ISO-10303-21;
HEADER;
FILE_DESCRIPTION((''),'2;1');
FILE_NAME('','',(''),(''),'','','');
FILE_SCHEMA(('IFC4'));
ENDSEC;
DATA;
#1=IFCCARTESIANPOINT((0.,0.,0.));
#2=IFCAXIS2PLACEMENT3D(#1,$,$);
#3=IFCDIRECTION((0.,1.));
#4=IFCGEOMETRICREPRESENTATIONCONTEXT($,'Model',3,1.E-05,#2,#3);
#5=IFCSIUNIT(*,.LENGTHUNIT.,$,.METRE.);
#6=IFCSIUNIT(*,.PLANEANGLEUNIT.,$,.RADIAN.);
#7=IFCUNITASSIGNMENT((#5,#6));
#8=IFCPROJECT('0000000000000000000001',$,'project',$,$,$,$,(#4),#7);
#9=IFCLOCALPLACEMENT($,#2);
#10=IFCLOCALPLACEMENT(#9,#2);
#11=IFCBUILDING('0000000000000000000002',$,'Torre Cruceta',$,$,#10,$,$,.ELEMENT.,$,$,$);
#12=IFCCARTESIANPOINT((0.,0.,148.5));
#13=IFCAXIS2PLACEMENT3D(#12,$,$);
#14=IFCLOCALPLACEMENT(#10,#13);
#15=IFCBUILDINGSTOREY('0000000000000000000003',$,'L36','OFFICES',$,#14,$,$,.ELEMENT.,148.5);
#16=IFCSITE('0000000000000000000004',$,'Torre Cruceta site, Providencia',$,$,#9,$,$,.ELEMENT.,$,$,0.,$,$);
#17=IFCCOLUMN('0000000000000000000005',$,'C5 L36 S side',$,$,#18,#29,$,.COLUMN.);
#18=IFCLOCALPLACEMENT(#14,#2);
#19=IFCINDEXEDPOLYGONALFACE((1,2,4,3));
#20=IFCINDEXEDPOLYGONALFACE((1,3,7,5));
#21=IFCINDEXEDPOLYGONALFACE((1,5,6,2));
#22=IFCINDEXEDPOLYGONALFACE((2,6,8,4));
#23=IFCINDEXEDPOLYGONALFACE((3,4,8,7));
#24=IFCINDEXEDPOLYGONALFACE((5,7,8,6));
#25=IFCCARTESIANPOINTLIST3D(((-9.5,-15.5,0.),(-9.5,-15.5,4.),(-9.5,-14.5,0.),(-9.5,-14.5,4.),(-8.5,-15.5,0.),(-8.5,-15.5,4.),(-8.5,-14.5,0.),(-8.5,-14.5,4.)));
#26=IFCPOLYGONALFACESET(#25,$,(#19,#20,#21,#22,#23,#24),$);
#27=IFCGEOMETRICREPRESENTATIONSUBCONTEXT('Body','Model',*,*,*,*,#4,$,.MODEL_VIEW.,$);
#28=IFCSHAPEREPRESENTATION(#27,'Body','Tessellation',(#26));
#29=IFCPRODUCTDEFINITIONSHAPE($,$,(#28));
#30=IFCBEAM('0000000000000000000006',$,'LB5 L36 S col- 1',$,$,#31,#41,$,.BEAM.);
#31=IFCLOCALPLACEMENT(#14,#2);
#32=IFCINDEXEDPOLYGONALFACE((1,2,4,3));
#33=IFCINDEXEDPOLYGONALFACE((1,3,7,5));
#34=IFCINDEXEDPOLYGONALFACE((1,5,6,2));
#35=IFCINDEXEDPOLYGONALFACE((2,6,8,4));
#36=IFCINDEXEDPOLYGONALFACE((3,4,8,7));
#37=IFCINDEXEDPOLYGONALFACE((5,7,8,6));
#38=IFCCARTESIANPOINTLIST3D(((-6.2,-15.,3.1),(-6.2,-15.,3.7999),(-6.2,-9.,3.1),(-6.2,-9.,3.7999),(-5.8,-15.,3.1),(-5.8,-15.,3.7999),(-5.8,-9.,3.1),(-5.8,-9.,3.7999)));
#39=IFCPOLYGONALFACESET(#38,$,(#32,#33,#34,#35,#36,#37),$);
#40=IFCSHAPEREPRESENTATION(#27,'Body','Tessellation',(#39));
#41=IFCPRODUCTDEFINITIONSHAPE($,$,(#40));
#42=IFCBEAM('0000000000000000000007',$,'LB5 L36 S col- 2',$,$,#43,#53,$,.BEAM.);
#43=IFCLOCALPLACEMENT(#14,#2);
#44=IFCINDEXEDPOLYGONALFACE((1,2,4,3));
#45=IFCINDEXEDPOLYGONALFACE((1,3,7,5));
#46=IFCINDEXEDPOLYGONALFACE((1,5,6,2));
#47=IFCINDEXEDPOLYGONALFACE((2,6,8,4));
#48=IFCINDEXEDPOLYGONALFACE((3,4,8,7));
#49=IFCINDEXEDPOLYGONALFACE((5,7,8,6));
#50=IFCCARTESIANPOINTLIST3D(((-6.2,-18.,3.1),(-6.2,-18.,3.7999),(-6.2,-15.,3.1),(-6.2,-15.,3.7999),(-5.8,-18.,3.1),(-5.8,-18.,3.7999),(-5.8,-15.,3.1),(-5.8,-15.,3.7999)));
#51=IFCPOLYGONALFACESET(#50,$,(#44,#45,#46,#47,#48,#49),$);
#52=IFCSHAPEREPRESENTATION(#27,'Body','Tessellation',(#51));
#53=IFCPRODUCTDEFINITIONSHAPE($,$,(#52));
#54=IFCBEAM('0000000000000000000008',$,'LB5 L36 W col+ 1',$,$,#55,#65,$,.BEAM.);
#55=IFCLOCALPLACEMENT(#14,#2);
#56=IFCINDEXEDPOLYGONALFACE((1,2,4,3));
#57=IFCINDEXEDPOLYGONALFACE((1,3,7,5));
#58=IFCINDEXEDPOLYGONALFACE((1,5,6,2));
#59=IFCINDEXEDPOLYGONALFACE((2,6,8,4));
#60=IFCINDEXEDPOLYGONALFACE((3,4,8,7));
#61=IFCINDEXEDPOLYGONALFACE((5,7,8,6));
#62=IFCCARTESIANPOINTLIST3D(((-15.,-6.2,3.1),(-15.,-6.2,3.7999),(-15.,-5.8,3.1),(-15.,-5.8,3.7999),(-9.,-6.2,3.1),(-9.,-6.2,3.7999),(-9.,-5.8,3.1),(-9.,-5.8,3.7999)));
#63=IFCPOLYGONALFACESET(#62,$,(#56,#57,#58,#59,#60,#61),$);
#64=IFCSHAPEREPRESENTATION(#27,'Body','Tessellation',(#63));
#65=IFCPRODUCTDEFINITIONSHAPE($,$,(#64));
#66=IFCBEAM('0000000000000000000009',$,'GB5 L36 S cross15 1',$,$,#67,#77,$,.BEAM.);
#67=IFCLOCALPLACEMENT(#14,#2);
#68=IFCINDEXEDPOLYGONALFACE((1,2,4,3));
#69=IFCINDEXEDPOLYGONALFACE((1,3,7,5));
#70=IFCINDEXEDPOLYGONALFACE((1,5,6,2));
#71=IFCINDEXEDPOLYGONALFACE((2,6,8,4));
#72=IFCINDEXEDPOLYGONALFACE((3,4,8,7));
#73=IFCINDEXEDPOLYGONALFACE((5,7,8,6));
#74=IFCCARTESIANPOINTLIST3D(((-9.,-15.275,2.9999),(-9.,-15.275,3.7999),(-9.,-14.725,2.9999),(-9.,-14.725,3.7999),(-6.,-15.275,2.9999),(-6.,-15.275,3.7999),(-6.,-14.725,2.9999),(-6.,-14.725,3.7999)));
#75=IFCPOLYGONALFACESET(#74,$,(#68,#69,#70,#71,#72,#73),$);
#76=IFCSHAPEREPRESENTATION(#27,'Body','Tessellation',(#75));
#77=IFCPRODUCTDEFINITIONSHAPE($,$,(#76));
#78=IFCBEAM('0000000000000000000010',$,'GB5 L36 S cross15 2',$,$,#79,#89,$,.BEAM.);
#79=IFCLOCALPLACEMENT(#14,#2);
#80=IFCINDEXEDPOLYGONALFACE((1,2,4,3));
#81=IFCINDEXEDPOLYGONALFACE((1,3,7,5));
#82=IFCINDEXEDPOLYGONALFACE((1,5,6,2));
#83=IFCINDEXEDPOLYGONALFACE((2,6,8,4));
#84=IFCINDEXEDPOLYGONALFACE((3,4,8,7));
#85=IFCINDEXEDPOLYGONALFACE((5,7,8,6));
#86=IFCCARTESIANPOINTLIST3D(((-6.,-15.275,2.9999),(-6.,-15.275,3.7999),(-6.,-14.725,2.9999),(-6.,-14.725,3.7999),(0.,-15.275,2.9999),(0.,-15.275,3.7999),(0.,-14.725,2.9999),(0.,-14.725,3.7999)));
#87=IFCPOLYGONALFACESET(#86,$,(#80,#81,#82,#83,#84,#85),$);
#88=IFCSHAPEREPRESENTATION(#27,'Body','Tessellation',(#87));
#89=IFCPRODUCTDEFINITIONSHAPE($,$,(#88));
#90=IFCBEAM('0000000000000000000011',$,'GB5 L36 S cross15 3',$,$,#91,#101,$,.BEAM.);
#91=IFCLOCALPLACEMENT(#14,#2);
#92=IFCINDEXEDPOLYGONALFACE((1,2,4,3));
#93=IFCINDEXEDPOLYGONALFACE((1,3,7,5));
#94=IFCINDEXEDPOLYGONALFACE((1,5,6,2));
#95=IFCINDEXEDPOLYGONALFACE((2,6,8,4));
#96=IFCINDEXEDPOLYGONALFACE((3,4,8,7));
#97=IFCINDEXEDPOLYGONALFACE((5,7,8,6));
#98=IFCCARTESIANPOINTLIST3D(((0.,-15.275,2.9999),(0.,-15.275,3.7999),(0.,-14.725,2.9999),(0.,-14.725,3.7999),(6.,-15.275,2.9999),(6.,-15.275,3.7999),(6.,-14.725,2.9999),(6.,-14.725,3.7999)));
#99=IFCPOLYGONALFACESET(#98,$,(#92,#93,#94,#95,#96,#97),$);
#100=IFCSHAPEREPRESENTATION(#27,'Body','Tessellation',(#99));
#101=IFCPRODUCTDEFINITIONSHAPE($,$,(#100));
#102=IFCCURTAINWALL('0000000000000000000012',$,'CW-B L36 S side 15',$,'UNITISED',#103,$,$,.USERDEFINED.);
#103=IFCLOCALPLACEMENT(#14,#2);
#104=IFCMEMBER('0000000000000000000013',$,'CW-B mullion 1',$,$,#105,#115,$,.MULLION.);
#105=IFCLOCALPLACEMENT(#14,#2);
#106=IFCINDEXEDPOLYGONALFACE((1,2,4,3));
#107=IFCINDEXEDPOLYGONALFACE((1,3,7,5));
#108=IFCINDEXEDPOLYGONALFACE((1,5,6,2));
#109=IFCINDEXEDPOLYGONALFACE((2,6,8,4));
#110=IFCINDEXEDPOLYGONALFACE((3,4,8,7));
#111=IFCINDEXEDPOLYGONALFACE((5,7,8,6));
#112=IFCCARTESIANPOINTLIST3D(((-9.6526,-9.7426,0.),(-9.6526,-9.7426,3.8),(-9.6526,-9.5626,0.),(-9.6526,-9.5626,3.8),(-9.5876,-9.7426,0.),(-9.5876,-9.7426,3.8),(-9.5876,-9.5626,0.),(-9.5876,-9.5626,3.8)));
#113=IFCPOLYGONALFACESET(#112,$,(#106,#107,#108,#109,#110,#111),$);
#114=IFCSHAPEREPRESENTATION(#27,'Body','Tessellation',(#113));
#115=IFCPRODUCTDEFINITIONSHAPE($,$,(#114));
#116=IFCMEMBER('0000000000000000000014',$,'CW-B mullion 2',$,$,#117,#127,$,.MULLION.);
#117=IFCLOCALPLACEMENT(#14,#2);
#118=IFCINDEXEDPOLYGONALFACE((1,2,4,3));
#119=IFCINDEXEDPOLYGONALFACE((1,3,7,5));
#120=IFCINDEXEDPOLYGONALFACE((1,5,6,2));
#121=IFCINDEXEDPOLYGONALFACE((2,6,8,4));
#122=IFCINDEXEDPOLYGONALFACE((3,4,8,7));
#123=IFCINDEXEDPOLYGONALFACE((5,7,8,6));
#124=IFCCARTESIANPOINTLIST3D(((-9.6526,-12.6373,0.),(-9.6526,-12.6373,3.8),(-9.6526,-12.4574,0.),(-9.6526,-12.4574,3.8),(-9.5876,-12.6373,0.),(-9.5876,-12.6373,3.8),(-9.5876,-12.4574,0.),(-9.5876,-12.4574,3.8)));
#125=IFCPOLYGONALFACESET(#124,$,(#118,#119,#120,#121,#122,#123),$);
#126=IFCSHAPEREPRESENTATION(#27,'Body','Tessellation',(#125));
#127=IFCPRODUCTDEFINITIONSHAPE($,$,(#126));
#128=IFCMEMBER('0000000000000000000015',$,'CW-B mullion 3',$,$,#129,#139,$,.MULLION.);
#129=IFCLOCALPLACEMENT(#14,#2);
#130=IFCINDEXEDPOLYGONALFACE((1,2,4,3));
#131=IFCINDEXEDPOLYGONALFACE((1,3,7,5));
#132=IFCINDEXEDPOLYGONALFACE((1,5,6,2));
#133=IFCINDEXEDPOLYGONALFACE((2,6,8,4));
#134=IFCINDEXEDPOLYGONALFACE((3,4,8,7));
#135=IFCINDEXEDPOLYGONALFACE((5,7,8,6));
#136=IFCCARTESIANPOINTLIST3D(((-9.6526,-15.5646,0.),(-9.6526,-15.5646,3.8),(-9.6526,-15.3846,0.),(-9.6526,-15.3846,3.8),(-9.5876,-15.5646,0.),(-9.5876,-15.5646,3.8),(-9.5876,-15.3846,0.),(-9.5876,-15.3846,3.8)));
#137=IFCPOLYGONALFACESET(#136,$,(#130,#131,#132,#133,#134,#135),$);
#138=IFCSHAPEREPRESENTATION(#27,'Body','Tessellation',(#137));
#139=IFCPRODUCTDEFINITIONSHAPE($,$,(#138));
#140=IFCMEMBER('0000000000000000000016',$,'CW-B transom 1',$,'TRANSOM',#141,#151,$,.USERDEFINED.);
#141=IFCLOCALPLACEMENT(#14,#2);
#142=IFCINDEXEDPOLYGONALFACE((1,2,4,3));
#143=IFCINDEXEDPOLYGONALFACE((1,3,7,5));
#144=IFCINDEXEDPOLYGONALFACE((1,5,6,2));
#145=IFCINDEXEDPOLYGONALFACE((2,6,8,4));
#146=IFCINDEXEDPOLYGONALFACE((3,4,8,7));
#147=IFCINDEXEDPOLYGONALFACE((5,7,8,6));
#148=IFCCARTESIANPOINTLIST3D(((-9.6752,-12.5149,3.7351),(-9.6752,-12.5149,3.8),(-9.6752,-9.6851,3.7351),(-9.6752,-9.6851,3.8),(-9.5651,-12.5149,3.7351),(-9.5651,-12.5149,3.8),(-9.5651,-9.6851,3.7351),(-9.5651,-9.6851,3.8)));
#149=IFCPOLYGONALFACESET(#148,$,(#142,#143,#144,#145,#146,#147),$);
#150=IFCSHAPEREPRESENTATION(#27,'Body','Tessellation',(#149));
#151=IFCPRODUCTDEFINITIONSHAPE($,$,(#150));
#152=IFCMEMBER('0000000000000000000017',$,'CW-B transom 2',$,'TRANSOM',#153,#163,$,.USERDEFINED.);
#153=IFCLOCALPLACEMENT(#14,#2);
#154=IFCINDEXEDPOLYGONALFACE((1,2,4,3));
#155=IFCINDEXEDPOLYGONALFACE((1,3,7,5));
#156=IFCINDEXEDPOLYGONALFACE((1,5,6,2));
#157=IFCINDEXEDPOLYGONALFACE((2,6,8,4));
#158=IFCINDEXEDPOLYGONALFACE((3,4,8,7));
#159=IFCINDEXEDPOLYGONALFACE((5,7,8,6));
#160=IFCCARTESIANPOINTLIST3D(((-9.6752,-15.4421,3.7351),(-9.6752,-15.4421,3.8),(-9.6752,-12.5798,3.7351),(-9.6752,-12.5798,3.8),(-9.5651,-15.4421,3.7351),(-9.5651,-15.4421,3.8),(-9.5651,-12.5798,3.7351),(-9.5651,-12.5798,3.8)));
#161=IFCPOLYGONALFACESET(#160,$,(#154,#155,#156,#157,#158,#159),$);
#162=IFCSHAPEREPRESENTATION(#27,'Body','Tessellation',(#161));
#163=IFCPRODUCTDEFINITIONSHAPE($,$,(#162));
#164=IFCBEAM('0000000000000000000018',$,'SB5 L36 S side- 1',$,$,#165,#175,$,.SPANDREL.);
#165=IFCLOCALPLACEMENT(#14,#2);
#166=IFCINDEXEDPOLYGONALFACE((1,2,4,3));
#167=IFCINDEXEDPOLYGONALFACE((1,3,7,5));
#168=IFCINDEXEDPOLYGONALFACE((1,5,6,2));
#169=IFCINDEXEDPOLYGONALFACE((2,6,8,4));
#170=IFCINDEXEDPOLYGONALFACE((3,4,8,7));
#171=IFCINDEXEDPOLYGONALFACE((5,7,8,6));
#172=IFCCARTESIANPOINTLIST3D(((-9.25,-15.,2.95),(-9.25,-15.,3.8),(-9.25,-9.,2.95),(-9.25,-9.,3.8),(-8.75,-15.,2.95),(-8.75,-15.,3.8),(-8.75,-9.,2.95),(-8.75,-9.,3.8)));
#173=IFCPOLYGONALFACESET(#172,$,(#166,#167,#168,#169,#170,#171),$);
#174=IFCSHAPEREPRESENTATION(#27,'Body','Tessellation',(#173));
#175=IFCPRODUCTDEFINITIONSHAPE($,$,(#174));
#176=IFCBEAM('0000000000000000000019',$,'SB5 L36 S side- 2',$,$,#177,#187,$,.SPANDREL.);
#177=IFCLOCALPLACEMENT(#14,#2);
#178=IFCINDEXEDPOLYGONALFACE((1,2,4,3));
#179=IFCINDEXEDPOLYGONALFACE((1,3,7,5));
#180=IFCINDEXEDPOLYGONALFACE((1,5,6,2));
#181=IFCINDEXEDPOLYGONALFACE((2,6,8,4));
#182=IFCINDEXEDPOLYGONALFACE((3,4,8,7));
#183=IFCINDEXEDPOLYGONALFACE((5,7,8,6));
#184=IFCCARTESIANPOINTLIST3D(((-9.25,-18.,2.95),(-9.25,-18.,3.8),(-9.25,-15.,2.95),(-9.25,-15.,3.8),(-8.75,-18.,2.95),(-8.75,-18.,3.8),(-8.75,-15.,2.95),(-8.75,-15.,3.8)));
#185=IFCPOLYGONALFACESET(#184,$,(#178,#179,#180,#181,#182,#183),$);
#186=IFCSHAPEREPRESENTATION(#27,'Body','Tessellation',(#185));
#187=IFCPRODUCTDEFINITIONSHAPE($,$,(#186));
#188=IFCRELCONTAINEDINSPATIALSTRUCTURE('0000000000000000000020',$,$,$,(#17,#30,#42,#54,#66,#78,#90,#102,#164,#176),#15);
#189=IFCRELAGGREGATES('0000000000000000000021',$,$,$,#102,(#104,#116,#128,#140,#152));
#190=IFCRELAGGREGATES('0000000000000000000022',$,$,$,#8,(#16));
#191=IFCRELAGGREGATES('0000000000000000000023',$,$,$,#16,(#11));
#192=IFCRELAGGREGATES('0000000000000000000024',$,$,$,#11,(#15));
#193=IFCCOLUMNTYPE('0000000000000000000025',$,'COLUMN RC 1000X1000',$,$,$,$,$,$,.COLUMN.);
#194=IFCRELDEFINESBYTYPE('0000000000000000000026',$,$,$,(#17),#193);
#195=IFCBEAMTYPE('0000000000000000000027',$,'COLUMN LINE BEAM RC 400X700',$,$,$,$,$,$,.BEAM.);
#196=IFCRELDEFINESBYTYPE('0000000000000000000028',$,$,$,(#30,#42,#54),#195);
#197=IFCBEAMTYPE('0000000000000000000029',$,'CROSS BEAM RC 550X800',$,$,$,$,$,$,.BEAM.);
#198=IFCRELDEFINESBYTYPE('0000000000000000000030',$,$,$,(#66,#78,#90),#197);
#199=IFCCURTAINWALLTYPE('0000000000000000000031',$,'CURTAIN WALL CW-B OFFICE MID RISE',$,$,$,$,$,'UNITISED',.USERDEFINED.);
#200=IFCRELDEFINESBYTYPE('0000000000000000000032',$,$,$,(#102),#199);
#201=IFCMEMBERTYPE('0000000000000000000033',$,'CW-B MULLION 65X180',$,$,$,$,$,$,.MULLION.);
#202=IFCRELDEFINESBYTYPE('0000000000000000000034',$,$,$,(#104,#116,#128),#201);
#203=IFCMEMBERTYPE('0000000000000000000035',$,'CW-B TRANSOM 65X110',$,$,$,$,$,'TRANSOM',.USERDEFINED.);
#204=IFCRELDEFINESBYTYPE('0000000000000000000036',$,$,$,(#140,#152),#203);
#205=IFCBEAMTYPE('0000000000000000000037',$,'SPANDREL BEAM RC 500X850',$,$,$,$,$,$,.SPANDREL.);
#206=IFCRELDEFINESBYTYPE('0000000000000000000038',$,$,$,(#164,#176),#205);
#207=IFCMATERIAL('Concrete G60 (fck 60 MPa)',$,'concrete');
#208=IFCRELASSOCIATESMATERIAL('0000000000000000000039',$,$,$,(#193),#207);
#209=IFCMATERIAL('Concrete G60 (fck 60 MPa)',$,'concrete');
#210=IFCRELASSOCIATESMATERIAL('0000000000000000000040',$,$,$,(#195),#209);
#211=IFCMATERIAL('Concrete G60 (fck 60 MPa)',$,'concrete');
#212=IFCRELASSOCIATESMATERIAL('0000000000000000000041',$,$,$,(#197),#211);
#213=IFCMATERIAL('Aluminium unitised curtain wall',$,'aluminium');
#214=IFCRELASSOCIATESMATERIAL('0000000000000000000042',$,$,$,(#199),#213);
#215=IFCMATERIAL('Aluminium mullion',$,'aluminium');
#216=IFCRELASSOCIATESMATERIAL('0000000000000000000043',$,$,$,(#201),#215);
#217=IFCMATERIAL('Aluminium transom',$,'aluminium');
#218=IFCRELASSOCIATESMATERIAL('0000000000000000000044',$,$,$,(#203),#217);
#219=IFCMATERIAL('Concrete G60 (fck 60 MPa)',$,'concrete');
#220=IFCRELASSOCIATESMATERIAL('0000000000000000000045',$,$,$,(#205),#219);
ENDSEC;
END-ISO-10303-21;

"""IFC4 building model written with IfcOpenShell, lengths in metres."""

from ifc_helpers import new_model, si_unit, direction, frame, origin, origin_2d, place, context, subcontext, project, spatial, rectangle, extrude, material, material_profile, profile_set, type_object, element, aggregate, save


model = new_model("IFC4")

# Units and contexts
model_context = context("Model", 3, precision=1e-05, world=origin(), true_north=direction((0.0, 1.0)))
body_context = subcontext(model_context, "Body", "Model", "MODEL_VIEW")
ifc_project = project(units=[si_unit("LENGTHUNIT", "METRE"), si_unit("PLANEANGLEUNIT", "RADIAN")], contexts=[model_context])

# Site, building, storey
site_placement = place(None, origin())
site = spatial("IfcSite", under=ifc_project, at=site_placement, Name="Torre Cruceta site, Providencia", CompositionType="ELEMENT", RefElevation=0.0)
building_placement = place(site_placement, origin())
building = spatial("IfcBuilding", under=site, at=building_placement, Name="Torre Cruceta", CompositionType="ELEMENT")
storey_placement = place(building_placement, frame((0.0, 0.0, 148.5)))
storey = spatial("IfcBuildingStorey", under=building, at=storey_placement, Name="L36", Description="OFFICES", CompositionType="ELEMENT", Elevation=148.5)

# Column
ifc_material_1 = material(Name="Concrete G60 (fck 60 MPa)", Category="concrete")
ifc_material_profile_1 = material_profile(ifc_material_1, rectangle(XDim=1.0, YDim=1.0, at=origin_2d()), Name="RC 1000X1000")
ifc_profile_set_1 = profile_set([ifc_material_profile_1], Name="Concrete G60 (fck 60 MPa)")
column_type = type_object("IfcColumnType", Name="COLUMN RC 1000X1000", PredefinedType="COLUMN", material=ifc_profile_set_1)
column_placement = place(storey_placement, frame((-9.0, -15.0, 0.0), z_axis=(0.0, 0.0, 1.0), x_axis=(1.0, 0.0, 0.0)))
element("IfcColumn", 1, at=column_placement, inside=storey, type_object=column_type, Name="C5 L36 S side", PredefinedType="COLUMN", context=body_context, shape_type="SweptSolid", body=[
    extrude(rectangle(XDim=1.0, YDim=1.0, at=origin_2d()), origin(), (0.0, 0.0, 1.0), 4.0),
])

# Beams
ifc_material_2 = material(Name="Concrete G60 (fck 60 MPa)", Category="concrete")
ifc_material_profile_2 = material_profile(ifc_material_2, rectangle(XDim=0.3999, YDim=0.7, at=origin_2d()), Name="RC 400X700")
ifc_profile_set_2 = profile_set([ifc_material_profile_2], Name="Concrete G60 (fck 60 MPa)")
beam_type_1 = type_object("IfcBeamType", Name="COLUMN LINE BEAM RC 400X700", PredefinedType="BEAM", material=ifc_profile_set_2)
beam_1_placement = place(storey_placement, frame((-6.0, -9.0, 3.45), z_axis=(0.0, -1.0, 0.0), x_axis=(1.0, 0.0, 0.0)))
element("IfcBeam", 2, at=beam_1_placement, inside=storey, type_object=beam_type_1, Name="LB5 L36 S col- 1", PredefinedType="BEAM", context=body_context, shape_type="SweptSolid", body=[
    extrude(rectangle(XDim=0.3999, YDim=0.7, at=origin_2d()), origin(), (0.0, 0.0, 1.0), 6.0),
])
beam_2_placement = place(storey_placement, frame((-6.0, -15.0, 3.45), z_axis=(0.0, -1.0, 0.0), x_axis=(1.0, 0.0, 0.0)))
element("IfcBeam", 3, at=beam_2_placement, inside=storey, type_object=beam_type_1, Name="LB5 L36 S col- 2", PredefinedType="BEAM", context=body_context, shape_type="SweptSolid", body=[
    extrude(rectangle(XDim=0.3999, YDim=0.7, at=origin_2d()), origin(), (0.0, 0.0, 1.0), 3.0),
])
beam_3_placement = place(storey_placement, frame((-9.0, -6.0, 3.45), z_axis=(-1.0, 0.0, 0.0), x_axis=(0.0, -1.0, 0.0)))
element("IfcBeam", 4, at=beam_3_placement, inside=storey, type_object=beam_type_1, Name="LB5 L36 W col+ 1", PredefinedType="BEAM", context=body_context, shape_type="SweptSolid", body=[
    extrude(rectangle(XDim=0.3999, YDim=0.7, at=origin_2d()), origin(), (0.0, 0.0, 1.0), 6.0),
])
ifc_material_3 = material(Name="Concrete G60 (fck 60 MPa)", Category="concrete")
ifc_material_profile_3 = material_profile(ifc_material_3, rectangle(XDim=0.55, YDim=0.8, at=origin_2d()), Name="RC 550X800")
ifc_profile_set_3 = profile_set([ifc_material_profile_3], Name="Concrete G60 (fck 60 MPa)")
beam_type_2 = type_object("IfcBeamType", Name="CROSS BEAM RC 550X800", PredefinedType="BEAM", material=ifc_profile_set_3)
beam_4_placement = place(storey_placement, frame((-9.0, -15.0, 3.3999), z_axis=(1.0, 0.0, 0.0), x_axis=(0.0, 1.0, 0.0)))
element("IfcBeam", 5, at=beam_4_placement, inside=storey, type_object=beam_type_2, Name="GB5 L36 S cross15 1", PredefinedType="BEAM", context=body_context, shape_type="SweptSolid", body=[
    extrude(rectangle(XDim=0.55, YDim=0.8, at=origin_2d()), origin(), (0.0, 0.0, 1.0), 3.0),
])
for number, where, z_axis, x_axis, name in (
    (6, (-6.0, -15.0, 3.3999), (1.0, 0.0, 0.0), (0.0, 1.0, 0.0), "GB5 L36 S cross15 2"),
    (7, (0.0, -15.0, 3.3999), (1.0, 0.0, 0.0), (0.0, 1.0, 0.0), "GB5 L36 S cross15 3"),
):
    element("IfcBeam", number, at=place(storey_placement, frame(where, z_axis=z_axis, x_axis=x_axis)), inside=storey, type_object=beam_type_2, Name=name, PredefinedType="BEAM", context=body_context, shape_type="SweptSolid", body=[
        extrude(rectangle(XDim=0.55, YDim=0.8, at=origin_2d()), origin(), (0.0, 0.0, 1.0), 6.0),
    ])

# Curtain wall, members
ifc_material_4 = material(Name="Aluminium unitised curtain wall", Category="aluminium")
curtain_wall_type = type_object("IfcCurtainWallType", Name="CURTAIN WALL CW-B OFFICE MID RISE", ElementType="UNITISED", PredefinedType="USERDEFINED", material=ifc_material_4)
curtain_wall_placement = place(storey_placement, origin())
curtain_wall = element("IfcCurtainWall", 8, at=curtain_wall_placement, inside=storey, type_object=curtain_wall_type, Name="CW-B L36 S side 15", ObjectType="UNITISED", PredefinedType="USERDEFINED")
ifc_material_5 = material(Name="Aluminium mullion", Category="aluminium")
ifc_material_profile_4 = material_profile(ifc_material_5, rectangle(XDim=0.0649, YDim=0.1799, at=origin_2d()), Name="AL 65X180")
ifc_profile_set_4 = profile_set([ifc_material_profile_4], Name="Aluminium mullion")
member_type_1 = type_object("IfcMemberType", Name="CW-B MULLION 65X180", PredefinedType="MULLION", material=ifc_profile_set_4)
member_1_placement = place(storey_placement, frame((-9.6201, -9.6526, 0.0), z_axis=(0.0, 0.0, 1.0), x_axis=(1.0, 0.0, 0.0)))
member_1 = element("IfcMember", 9, at=member_1_placement, type_object=member_type_1, Name="CW-B mullion 1", PredefinedType="MULLION", context=body_context, shape_type="SweptSolid", body=[
    extrude(rectangle(XDim=0.0649, YDim=0.1799, at=origin_2d()), origin(), (0.0, 0.0, 1.0), 3.8),
])
member_2_placement = place(storey_placement, frame((-9.6201, -12.5474, 0.0), z_axis=(0.0, 0.0, 1.0), x_axis=(1.0, 0.0, 0.0)))
member_2 = element("IfcMember", 10, at=member_2_placement, type_object=member_type_1, Name="CW-B mullion 2", PredefinedType="MULLION", context=body_context, shape_type="SweptSolid", body=[
    extrude(rectangle(XDim=0.0649, YDim=0.1799, at=origin_2d()), origin(), (0.0, 0.0, 1.0), 3.8),
])
member_3_placement = place(storey_placement, frame((-9.6201, -15.4746, 0.0), z_axis=(0.0, 0.0, 1.0), x_axis=(1.0, 0.0, 0.0)))
member_3 = element("IfcMember", 11, at=member_3_placement, type_object=member_type_1, Name="CW-B mullion 3", PredefinedType="MULLION", context=body_context, shape_type="SweptSolid", body=[
    extrude(rectangle(XDim=0.0649, YDim=0.1799, at=origin_2d()), origin(), (0.0, 0.0, 1.0), 3.8),
])
ifc_material_6 = material(Name="Aluminium transom", Category="aluminium")
ifc_material_profile_5 = material_profile(ifc_material_6, rectangle(XDim=0.1101, YDim=0.0649, at=origin_2d()), Name="AL 110X65")
ifc_profile_set_5 = profile_set([ifc_material_profile_5], Name="Aluminium transom")
member_type_2 = type_object("IfcMemberType", Name="CW-B TRANSOM 65X110", ElementType="TRANSOM", PredefinedType="USERDEFINED", material=ifc_profile_set_5)
member_4_placement = place(storey_placement, frame((-9.6201, -9.6851, 3.7676), z_axis=(0.0, -1.0, 0.0), x_axis=(1.0, 0.0, 0.0)))
member_4 = element("IfcMember", 12, at=member_4_placement, type_object=member_type_2, Name="CW-B transom 1", ObjectType="TRANSOM", PredefinedType="USERDEFINED", context=body_context, shape_type="SweptSolid", body=[
    extrude(rectangle(XDim=0.1101, YDim=0.0649, at=origin_2d()), origin(), (0.0, 0.0, 1.0), 2.8298),
])
member_5_placement = place(storey_placement, frame((-9.6201, -12.5798, 3.7676), z_axis=(0.0, -1.0, 0.0), x_axis=(1.0, 0.0, 0.0)))
member_5 = element("IfcMember", 13, at=member_5_placement, type_object=member_type_2, Name="CW-B transom 2", ObjectType="TRANSOM", PredefinedType="USERDEFINED", context=body_context, shape_type="SweptSolid", body=[
    extrude(rectangle(XDim=0.1101, YDim=0.0649, at=origin_2d()), origin(), (0.0, 0.0, 1.0), 2.8623),
])

# Beams
ifc_material_7 = material(Name="Concrete G60 (fck 60 MPa)", Category="concrete")
ifc_material_profile_6 = material_profile(ifc_material_7, rectangle(XDim=0.5, YDim=0.8501, at=origin_2d()), Name="RC 500X850")
ifc_profile_set_6 = profile_set([ifc_material_profile_6], Name="Concrete G60 (fck 60 MPa)")
beam_type_3 = type_object("IfcBeamType", Name="SPANDREL BEAM RC 500X850", PredefinedType="SPANDREL", material=ifc_profile_set_6)
beam_5_placement = place(storey_placement, frame((-9.0, -9.0, 3.375), z_axis=(0.0, -1.0, 0.0), x_axis=(1.0, 0.0, 0.0)))
element("IfcBeam", 14, at=beam_5_placement, inside=storey, type_object=beam_type_3, Name="SB5 L36 S side- 1", PredefinedType="SPANDREL", context=body_context, shape_type="SweptSolid", body=[
    extrude(rectangle(XDim=0.5, YDim=0.8501, at=origin_2d()), origin(), (0.0, 0.0, 1.0), 6.0),
])
beam_6_placement = place(storey_placement, frame((-9.0, -15.0, 3.375), z_axis=(0.0, -1.0, 0.0), x_axis=(1.0, 0.0, 0.0)))
element("IfcBeam", 15, at=beam_6_placement, inside=storey, type_object=beam_type_3, Name="SB5 L36 S side- 2", PredefinedType="SPANDREL", context=body_context, shape_type="SweptSolid", body=[
    extrude(rectangle(XDim=0.5, YDim=0.8501, at=origin_2d()), origin(), (0.0, 0.0, 1.0), 3.0),
])

aggregate(curtain_wall, [member_1, member_2, member_3, member_4, member_5])

save(model, "model.ifc")
